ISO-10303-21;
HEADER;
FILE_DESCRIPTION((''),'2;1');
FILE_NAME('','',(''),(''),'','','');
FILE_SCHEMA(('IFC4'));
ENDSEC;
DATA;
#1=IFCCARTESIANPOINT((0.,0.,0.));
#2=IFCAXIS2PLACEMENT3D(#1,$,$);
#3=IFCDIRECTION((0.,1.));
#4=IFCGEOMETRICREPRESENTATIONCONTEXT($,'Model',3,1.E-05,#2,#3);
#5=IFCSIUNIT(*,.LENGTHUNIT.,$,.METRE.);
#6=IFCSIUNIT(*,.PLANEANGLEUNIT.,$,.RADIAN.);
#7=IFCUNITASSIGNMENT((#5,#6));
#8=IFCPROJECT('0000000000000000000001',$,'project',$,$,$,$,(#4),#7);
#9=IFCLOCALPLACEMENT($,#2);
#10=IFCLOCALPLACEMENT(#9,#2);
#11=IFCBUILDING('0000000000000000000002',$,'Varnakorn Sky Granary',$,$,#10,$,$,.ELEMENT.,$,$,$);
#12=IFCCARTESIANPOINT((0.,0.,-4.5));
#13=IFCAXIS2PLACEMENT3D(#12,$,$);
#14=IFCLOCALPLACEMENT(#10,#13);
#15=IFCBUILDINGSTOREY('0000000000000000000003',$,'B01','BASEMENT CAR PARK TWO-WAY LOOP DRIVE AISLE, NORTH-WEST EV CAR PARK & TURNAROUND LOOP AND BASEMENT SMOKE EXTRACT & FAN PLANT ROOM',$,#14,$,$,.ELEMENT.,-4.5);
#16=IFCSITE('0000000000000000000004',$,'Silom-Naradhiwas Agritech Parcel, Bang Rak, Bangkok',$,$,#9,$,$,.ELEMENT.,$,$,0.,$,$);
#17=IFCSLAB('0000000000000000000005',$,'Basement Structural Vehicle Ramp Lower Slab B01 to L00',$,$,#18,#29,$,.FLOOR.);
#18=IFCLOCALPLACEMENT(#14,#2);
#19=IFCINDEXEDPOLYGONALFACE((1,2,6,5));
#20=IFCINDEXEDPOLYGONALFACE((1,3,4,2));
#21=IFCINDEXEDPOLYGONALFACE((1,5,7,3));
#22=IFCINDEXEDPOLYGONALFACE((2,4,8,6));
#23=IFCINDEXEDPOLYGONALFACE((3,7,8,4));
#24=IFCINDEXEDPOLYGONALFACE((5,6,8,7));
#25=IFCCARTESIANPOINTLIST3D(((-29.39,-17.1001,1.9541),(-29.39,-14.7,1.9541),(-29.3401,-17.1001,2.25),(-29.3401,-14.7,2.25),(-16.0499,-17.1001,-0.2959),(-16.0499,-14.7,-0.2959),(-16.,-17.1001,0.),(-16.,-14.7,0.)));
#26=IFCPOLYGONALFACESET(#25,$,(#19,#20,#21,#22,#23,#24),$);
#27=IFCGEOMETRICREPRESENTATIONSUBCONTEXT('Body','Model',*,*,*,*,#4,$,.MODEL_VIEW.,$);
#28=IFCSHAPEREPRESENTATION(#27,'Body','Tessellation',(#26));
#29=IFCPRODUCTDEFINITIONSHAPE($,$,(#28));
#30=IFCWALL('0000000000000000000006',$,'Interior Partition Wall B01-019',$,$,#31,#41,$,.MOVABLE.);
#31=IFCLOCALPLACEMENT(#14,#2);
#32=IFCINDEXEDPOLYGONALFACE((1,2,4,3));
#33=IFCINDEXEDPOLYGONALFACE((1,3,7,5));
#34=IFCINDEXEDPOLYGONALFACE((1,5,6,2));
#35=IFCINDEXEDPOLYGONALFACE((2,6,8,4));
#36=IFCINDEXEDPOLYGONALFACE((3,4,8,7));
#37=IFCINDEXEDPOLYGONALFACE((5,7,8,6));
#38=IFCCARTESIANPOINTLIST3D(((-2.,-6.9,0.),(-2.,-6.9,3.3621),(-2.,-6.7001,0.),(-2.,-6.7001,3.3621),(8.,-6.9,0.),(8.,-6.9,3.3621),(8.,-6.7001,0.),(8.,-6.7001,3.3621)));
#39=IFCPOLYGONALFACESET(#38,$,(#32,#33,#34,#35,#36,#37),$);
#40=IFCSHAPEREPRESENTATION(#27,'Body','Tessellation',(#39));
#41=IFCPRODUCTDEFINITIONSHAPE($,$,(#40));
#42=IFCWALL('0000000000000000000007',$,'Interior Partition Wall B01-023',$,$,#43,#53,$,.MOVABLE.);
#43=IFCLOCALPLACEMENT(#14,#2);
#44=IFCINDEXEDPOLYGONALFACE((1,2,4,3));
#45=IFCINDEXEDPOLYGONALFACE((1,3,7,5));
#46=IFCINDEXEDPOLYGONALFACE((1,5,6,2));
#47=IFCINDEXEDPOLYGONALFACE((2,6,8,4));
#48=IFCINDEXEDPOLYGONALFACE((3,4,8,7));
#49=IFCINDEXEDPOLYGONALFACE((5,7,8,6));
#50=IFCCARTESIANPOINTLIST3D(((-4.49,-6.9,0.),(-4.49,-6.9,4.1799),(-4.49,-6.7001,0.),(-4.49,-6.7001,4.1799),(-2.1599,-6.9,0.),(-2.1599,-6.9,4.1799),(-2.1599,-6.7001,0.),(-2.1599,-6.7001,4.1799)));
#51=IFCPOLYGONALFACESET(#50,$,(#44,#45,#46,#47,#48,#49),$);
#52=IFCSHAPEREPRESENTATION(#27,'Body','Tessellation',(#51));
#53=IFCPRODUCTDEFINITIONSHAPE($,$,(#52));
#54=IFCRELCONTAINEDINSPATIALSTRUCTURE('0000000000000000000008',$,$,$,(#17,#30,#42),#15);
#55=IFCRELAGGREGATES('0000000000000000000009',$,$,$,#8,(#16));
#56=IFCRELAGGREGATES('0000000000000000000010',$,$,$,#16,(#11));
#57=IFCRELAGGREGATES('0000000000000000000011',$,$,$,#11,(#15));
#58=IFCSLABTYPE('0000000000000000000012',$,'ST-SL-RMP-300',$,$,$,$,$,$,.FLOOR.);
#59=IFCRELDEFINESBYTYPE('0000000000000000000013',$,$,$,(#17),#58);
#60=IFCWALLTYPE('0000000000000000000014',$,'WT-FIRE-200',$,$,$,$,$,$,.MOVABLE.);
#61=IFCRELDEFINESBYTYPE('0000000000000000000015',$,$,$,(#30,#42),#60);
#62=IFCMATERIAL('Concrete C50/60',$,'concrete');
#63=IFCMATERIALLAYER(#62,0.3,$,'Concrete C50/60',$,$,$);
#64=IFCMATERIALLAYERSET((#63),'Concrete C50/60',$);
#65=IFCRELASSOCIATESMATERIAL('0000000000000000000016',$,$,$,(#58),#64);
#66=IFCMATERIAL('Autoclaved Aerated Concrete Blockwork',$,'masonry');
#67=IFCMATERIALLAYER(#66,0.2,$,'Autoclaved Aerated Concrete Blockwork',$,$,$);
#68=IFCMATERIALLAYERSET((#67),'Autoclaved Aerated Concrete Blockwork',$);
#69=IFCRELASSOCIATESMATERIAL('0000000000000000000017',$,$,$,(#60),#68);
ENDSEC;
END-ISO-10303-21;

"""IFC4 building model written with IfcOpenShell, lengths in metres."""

from ifc_helpers import new_model, si_unit, direction, frame, frame_2d, origin, place, context, subcontext, project, spatial, polyline, rectangle, outline, extrude, material, layer, layer_set, type_object, element, save


model = new_model("IFC4")

# Units and contexts
model_context = context("Model", 3, precision=1e-05, world=origin(), true_north=direction((0.0, 1.0)))
body_context = subcontext(model_context, "Body", "Model", "MODEL_VIEW")
ifc_project = project(units=[si_unit("LENGTHUNIT", "METRE"), si_unit("PLANEANGLEUNIT", "RADIAN")], contexts=[model_context])

# Site, building, storey
site_placement = place(None, origin())
site = spatial("IfcSite", under=ifc_project, at=site_placement, Name="Silom-Naradhiwas Agritech Parcel, Bang Rak, Bangkok", CompositionType="ELEMENT", RefElevation=0.0)
building_placement = place(site_placement, origin())
building = spatial("IfcBuilding", under=site, at=building_placement, Name="Varnakorn Sky Granary", CompositionType="ELEMENT")
storey_placement = place(building_placement, frame((0.0, 0.0, -4.5)))
storey = spatial("IfcBuildingStorey", under=building, at=storey_placement, Name="B01", Description="BASEMENT CAR PARK TWO-WAY LOOP DRIVE AISLE, NORTH-WEST EV CAR PARK & TURNAROUND LOOP AND BASEMENT SMOKE EXTRACT & FAN PLANT ROOM", CompositionType="ELEMENT", Elevation=-4.5)

# Slab
ifc_material_1 = material(Name="Concrete C50/60", Category="concrete")
ifc_layer_1 = layer(ifc_material_1, 0.3, Name="Concrete C50/60")
ifc_layer_set_1 = layer_set([ifc_layer_1], Name="Concrete C50/60")
slab_type = type_object("IfcSlabType", Name="ST-SL-RMP-300", PredefinedType="FLOOR", material=ifc_layer_set_1)
slab_placement = place(storey_placement, frame((-16.0, -17.1001, 0.0), z_axis=(0.166315, 0.0, 0.986073), x_axis=(-0.986073, 0.0, 0.166315)))
element("IfcSlab", 1, at=slab_placement, inside=storey, type_object=slab_type, Name="Basement Structural Vehicle Ramp Lower Slab B01 to L00", PredefinedType="FLOOR", context=body_context, shape_type="SweptSolid", body=[
    extrude(outline(polyline([(0.0, 0.0), (13.5285, 0.0), (13.5285, -2.4001), (0.0, -2.4001), (0.0, 0.0)])), origin(), (0.0, 0.0, -1.0), 0.3),
])

# Walls
ifc_material_2 = material(Name="Autoclaved Aerated Concrete Blockwork", Category="masonry")
ifc_layer_2 = layer(ifc_material_2, 0.2, Name="Autoclaved Aerated Concrete Blockwork")
ifc_layer_set_2 = layer_set([ifc_layer_2], Name="Autoclaved Aerated Concrete Blockwork")
wall_type = type_object("IfcWallType", Name="WT-FIRE-200", PredefinedType="MOVABLE", material=ifc_layer_set_2)
wall_1_placement = place(storey_placement, frame((-2.0, -6.8, 0.0), z_axis=(0.0, 0.0, 1.0), x_axis=(1.0, 0.0, 0.0)))
element("IfcWall", 2, at=wall_1_placement, inside=storey, type_object=wall_type, Name="Interior Partition Wall B01-019", PredefinedType="MOVABLE", context=body_context, shape_type="SweptSolid", body=[
    extrude(rectangle(XDim=10.0, YDim=0.2, at=frame_2d((5.0, 0.0))), origin(), (0.0, 0.0, 1.0), 3.3621),
])
wall_2_placement = place(storey_placement, frame((-4.49, -6.8, 0.0), z_axis=(0.0, 0.0, 1.0), x_axis=(1.0, 0.0, 0.0)))
element("IfcWall", 3, at=wall_2_placement, inside=storey, type_object=wall_type, Name="Interior Partition Wall B01-023", PredefinedType="MOVABLE", context=body_context, shape_type="SweptSolid", body=[
    extrude(rectangle(XDim=2.3301, YDim=0.2, at=frame_2d((1.165, 0.0))), origin(), (0.0, 0.0, 1.0), 4.1799),
])

save(model, "model.ifc")
